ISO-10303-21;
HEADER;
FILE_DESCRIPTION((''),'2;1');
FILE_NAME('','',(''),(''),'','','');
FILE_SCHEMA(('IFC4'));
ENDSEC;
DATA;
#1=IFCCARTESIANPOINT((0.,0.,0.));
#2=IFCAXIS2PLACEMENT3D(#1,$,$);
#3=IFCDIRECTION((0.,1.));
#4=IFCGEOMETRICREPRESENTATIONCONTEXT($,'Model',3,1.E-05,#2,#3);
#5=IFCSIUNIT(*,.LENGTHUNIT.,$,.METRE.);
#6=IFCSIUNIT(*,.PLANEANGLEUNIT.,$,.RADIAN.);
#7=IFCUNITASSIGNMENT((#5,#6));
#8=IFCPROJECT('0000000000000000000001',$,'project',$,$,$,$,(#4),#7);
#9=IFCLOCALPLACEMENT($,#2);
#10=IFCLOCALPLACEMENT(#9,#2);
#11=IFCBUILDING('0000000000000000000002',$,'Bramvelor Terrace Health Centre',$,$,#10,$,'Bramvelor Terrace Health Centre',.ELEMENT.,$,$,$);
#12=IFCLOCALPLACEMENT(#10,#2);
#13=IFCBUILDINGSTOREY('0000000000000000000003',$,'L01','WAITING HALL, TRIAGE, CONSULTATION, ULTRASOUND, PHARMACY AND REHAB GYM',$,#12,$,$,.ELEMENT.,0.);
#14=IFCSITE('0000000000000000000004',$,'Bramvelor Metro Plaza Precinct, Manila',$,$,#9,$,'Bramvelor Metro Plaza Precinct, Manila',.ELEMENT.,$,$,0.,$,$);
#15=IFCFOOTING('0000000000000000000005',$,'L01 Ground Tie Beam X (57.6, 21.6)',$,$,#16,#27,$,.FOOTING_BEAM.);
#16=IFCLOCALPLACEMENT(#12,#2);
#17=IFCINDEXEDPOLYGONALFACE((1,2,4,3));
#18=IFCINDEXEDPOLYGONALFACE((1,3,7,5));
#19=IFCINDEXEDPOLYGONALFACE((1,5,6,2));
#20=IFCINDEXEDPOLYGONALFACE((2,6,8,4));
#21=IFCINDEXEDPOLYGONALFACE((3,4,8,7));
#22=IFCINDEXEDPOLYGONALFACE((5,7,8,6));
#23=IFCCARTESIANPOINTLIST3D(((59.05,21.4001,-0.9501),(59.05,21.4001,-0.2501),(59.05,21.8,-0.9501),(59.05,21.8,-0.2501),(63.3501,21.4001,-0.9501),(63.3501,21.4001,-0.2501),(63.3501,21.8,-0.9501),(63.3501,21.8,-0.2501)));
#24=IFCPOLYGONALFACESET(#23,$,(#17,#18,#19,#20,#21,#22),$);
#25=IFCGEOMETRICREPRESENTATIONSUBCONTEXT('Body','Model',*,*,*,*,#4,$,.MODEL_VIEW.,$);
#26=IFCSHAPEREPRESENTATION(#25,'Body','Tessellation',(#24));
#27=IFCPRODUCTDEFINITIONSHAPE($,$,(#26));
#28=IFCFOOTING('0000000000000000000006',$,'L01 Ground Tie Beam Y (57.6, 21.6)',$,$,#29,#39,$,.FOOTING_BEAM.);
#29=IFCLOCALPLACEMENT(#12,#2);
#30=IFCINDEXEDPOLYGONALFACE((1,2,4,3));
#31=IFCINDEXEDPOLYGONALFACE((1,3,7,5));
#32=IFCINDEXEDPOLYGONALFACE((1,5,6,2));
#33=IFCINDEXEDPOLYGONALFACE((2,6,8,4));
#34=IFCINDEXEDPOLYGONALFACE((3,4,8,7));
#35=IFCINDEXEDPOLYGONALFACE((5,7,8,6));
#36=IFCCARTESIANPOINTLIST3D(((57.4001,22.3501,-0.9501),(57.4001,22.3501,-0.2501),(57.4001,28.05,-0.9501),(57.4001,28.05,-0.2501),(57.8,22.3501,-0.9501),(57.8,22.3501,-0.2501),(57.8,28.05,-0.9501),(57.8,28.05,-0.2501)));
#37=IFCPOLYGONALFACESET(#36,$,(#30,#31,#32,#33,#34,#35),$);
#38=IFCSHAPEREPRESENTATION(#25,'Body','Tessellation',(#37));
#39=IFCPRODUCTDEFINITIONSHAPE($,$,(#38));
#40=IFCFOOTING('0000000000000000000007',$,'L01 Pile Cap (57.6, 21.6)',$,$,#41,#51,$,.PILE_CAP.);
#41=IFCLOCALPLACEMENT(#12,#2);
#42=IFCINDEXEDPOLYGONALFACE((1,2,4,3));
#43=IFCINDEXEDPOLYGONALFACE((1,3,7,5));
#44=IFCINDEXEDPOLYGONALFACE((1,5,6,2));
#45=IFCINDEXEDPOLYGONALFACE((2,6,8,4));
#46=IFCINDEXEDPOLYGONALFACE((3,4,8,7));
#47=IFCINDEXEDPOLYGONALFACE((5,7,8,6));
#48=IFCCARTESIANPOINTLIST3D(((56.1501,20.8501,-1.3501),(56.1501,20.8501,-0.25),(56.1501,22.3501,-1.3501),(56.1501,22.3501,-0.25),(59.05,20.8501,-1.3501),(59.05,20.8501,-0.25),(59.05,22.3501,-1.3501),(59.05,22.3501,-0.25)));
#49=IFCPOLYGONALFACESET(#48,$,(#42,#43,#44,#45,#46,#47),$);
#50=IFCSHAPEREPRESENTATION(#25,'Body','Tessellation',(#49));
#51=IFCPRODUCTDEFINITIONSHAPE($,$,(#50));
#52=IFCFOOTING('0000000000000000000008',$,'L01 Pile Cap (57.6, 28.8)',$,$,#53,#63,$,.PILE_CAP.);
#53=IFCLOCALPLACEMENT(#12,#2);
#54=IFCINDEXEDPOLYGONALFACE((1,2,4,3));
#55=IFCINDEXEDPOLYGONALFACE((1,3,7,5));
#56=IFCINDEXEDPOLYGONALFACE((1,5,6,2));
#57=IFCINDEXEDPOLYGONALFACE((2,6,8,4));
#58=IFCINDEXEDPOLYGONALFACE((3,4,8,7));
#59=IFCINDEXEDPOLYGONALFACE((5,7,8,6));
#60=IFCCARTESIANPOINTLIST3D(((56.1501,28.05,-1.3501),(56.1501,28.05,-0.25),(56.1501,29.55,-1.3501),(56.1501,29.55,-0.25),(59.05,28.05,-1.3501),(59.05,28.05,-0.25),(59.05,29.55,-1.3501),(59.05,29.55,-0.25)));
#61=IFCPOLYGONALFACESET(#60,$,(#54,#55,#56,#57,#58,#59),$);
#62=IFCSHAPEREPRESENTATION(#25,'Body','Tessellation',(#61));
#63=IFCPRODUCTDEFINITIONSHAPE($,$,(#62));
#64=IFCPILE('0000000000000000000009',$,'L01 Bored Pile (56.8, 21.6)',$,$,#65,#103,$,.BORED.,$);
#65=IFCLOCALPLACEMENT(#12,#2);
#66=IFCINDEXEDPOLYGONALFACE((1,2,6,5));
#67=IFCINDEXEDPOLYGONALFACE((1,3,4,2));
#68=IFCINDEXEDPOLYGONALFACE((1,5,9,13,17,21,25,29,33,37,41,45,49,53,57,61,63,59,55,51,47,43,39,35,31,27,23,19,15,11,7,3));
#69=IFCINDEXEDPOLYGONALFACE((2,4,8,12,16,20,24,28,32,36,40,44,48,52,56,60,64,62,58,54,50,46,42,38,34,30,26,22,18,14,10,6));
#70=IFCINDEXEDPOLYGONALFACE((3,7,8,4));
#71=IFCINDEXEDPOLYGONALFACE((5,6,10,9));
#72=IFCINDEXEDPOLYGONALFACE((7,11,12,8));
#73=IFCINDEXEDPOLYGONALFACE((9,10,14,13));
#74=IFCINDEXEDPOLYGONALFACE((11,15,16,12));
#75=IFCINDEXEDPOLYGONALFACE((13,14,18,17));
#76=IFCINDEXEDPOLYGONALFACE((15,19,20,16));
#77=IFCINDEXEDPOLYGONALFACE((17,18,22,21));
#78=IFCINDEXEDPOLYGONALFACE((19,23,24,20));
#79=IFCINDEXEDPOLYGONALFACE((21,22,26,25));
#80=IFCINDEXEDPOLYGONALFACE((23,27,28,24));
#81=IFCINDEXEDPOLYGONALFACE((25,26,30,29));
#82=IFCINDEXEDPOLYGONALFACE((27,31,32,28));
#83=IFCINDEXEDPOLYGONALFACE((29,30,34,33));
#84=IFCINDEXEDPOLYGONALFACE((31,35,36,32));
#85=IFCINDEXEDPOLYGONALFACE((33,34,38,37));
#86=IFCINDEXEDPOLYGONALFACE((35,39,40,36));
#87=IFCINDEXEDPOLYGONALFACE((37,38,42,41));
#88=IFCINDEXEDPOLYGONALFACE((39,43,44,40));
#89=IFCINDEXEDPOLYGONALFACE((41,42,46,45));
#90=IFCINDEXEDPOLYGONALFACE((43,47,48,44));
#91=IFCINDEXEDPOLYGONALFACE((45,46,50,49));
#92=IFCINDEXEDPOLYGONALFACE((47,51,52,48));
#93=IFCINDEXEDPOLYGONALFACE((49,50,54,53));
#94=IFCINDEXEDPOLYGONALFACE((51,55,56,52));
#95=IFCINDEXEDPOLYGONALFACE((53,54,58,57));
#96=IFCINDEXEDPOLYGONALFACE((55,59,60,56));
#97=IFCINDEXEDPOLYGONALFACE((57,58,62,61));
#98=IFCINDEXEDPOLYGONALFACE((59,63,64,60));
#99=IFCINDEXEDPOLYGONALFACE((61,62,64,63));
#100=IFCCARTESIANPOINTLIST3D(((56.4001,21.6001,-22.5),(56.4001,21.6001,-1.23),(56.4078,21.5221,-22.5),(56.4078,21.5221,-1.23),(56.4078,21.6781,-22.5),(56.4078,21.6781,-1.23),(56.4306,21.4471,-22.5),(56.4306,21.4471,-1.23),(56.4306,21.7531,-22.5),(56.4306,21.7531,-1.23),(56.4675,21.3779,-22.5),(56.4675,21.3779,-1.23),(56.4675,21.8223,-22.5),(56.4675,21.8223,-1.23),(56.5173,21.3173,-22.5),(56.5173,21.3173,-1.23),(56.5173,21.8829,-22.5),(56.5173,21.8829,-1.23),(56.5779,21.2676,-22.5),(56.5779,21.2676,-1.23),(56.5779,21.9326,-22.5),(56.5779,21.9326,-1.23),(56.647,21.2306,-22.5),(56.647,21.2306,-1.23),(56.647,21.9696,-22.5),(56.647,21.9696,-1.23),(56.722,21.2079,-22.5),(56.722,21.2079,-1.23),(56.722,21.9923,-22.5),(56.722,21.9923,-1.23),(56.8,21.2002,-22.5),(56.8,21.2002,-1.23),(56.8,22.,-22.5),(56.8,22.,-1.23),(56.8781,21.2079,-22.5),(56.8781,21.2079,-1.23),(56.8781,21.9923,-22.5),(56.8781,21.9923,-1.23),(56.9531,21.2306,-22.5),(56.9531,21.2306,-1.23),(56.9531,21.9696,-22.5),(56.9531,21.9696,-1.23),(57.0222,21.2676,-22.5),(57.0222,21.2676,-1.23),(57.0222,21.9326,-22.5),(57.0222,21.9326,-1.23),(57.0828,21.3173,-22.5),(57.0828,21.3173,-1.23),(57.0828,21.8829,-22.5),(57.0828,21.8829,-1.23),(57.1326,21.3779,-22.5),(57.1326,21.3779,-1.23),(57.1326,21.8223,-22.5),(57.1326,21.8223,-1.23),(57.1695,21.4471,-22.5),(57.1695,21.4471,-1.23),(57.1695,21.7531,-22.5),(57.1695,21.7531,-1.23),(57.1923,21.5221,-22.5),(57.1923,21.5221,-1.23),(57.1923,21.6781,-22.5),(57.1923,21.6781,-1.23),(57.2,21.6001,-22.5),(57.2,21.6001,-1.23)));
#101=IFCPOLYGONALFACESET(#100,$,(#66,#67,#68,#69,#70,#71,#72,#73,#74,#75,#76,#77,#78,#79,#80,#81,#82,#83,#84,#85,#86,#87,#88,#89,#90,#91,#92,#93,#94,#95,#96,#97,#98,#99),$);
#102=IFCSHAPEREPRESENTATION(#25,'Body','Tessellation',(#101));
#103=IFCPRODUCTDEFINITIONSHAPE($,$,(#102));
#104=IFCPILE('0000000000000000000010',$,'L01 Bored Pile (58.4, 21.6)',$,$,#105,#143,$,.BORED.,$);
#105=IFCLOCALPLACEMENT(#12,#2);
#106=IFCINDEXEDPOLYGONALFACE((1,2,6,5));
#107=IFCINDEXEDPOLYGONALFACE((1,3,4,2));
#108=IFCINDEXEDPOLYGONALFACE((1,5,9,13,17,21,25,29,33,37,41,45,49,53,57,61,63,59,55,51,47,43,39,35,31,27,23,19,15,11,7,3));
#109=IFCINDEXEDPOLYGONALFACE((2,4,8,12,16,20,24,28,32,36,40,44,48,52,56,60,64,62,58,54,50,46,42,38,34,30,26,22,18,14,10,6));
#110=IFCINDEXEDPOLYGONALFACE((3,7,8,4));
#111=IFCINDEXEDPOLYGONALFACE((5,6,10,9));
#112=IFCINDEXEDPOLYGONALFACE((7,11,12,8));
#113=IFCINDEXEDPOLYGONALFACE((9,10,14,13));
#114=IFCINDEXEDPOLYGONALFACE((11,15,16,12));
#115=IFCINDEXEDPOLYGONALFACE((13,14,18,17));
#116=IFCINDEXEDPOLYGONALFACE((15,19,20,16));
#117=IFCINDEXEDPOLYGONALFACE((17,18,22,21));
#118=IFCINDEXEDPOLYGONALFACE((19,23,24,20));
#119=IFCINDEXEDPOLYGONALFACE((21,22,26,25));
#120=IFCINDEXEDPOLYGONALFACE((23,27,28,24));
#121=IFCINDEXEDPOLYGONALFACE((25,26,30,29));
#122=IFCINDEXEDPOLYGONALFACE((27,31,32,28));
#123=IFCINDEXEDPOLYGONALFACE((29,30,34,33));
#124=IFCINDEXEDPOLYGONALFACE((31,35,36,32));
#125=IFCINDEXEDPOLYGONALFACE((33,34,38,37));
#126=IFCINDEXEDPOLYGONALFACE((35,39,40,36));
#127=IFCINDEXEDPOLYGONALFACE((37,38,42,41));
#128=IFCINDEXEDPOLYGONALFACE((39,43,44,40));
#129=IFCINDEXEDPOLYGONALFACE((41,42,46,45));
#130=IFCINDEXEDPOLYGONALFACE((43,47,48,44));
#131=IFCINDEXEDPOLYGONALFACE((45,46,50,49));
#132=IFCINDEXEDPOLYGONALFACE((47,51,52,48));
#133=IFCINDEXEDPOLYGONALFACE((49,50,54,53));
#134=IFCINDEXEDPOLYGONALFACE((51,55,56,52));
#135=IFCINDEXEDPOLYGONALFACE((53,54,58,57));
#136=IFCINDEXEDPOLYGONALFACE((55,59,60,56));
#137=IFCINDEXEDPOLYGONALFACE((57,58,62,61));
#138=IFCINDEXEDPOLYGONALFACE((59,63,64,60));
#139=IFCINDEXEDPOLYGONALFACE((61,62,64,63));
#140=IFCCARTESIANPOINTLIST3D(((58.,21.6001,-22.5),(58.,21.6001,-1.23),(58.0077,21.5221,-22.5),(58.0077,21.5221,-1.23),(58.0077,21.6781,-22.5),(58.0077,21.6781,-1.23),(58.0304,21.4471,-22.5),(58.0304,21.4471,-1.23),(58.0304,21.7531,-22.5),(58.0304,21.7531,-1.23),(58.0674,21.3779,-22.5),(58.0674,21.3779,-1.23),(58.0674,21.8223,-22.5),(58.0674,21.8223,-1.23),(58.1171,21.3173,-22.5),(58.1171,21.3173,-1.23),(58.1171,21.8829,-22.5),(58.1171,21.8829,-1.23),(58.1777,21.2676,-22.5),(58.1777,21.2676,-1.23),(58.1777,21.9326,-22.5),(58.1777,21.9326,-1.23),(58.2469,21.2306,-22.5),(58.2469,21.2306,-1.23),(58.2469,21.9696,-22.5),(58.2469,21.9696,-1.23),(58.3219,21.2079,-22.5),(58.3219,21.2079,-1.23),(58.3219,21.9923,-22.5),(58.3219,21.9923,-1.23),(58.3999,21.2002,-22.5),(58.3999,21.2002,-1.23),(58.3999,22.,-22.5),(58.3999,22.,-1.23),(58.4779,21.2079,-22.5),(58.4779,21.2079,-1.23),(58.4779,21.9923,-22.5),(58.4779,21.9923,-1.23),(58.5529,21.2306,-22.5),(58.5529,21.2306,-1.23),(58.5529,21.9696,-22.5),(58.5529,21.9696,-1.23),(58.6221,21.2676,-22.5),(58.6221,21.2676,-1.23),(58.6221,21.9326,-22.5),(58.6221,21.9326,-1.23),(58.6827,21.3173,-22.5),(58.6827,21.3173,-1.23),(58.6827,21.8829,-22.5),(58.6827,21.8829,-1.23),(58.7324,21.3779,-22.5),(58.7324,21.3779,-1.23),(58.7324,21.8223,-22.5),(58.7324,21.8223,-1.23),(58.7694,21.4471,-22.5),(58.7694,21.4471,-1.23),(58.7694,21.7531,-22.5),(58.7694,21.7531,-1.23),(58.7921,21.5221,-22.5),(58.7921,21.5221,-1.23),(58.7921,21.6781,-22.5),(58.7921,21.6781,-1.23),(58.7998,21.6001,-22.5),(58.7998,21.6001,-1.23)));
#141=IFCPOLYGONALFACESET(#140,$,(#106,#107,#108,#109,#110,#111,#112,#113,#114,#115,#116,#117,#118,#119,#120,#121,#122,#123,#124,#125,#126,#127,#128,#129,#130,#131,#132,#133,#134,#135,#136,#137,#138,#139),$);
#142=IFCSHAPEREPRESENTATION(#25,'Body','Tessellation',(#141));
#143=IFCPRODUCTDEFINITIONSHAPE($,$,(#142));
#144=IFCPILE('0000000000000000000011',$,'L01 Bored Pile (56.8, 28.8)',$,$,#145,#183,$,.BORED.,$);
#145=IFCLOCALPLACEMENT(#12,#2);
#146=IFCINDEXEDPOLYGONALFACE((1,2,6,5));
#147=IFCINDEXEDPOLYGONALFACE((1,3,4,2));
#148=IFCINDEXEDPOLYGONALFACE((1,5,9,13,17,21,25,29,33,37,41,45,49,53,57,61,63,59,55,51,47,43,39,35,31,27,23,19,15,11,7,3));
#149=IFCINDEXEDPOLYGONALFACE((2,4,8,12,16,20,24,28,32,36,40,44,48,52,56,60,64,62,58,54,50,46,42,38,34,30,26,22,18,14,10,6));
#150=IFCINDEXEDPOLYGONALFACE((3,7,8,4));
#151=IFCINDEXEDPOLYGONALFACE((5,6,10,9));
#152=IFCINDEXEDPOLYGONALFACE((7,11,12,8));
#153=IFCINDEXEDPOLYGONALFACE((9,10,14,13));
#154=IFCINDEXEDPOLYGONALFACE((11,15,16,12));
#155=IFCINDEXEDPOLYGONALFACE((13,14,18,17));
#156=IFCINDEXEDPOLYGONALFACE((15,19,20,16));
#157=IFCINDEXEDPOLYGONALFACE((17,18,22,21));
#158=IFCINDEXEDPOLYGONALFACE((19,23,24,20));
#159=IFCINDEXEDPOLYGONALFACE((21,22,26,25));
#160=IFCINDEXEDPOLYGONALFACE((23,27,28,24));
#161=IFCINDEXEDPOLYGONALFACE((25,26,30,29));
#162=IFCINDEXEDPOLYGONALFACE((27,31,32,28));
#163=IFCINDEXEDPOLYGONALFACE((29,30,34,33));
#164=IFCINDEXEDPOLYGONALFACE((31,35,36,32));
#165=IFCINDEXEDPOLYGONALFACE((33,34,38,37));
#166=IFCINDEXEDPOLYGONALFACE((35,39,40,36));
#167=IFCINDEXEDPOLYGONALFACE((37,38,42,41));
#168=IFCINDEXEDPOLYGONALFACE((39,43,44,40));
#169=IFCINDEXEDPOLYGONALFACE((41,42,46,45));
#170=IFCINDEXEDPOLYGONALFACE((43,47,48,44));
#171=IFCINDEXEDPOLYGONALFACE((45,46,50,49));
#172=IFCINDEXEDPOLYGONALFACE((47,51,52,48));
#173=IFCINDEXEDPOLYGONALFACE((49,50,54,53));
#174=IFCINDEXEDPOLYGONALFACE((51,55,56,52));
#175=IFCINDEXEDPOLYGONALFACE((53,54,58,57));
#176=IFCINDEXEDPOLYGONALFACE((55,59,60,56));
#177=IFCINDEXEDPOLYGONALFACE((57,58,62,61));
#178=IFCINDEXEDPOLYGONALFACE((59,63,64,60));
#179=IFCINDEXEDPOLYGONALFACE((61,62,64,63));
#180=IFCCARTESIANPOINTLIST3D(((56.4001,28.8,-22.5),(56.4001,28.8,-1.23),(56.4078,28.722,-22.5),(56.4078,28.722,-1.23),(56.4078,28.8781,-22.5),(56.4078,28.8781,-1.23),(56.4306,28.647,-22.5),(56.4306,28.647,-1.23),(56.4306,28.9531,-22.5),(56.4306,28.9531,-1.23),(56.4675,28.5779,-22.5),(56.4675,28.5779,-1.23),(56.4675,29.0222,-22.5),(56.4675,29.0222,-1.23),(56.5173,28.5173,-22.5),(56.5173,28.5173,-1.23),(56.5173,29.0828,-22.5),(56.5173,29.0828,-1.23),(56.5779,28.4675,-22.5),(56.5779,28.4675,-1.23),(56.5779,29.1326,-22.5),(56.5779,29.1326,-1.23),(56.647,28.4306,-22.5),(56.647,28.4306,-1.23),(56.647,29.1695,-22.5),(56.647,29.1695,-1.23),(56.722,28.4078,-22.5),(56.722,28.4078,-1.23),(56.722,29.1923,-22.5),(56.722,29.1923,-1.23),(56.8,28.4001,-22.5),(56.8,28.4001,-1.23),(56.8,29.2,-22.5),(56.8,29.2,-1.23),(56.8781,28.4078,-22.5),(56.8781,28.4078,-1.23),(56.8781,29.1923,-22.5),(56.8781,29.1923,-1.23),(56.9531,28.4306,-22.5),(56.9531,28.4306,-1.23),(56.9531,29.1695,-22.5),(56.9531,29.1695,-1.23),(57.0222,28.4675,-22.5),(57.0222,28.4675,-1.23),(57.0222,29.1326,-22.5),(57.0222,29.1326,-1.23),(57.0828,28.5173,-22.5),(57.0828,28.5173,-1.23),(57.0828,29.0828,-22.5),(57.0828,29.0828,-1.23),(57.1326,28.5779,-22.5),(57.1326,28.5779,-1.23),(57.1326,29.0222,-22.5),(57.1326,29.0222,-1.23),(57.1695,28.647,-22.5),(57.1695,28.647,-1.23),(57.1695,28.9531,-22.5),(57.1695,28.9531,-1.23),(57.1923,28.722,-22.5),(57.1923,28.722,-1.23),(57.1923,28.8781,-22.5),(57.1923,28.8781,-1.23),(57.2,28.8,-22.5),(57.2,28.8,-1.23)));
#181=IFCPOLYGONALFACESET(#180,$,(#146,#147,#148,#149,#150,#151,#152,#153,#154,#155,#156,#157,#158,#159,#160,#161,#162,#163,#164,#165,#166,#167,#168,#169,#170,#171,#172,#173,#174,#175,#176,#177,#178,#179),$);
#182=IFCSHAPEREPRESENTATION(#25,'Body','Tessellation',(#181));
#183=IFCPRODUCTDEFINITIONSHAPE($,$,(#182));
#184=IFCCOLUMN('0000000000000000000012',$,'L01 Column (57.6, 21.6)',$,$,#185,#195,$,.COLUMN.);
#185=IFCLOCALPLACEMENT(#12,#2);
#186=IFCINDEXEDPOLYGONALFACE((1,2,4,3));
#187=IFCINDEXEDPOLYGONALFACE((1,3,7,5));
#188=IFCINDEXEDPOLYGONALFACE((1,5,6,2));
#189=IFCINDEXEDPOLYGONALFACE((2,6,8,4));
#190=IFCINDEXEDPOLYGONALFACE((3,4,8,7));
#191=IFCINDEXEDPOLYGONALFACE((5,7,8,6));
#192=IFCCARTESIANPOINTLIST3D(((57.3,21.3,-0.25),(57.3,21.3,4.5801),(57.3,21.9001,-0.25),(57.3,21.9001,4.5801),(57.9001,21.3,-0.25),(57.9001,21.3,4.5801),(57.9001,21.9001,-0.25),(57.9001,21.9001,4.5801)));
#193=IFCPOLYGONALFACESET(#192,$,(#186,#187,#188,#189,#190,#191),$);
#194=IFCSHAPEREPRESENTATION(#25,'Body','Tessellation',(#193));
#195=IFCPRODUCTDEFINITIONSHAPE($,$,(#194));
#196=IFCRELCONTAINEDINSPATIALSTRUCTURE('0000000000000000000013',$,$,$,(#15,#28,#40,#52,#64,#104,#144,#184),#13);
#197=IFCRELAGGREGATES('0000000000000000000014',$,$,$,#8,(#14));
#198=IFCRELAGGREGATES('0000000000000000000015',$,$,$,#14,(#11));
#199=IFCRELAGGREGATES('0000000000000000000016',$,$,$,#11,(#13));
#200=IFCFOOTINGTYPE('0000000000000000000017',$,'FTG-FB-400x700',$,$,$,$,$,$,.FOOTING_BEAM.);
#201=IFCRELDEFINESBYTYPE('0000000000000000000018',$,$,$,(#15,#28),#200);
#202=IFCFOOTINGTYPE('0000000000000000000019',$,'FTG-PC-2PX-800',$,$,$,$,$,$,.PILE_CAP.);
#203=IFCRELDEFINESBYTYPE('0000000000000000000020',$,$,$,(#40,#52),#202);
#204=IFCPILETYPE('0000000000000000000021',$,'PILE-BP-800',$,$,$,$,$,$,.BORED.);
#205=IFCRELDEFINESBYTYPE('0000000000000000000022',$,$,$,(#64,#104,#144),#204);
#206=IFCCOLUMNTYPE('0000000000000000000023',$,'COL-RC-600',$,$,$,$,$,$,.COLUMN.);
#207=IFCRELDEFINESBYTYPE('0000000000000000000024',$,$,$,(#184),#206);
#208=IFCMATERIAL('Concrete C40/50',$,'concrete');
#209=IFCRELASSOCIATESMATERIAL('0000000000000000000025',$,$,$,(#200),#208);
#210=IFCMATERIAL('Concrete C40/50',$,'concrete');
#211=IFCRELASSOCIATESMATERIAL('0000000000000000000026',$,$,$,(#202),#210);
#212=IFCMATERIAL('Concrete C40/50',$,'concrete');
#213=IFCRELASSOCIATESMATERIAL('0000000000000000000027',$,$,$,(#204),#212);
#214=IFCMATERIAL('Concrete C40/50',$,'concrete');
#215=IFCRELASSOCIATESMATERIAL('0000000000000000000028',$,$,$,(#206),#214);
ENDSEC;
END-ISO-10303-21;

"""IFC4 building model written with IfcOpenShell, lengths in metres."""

from ifc_helpers import new_model, si_unit, direction, frame, origin, origin_2d, place, context, subcontext, project, spatial, rectangle, circle, extrude, material, material_profile, profile_set, type_object, element, save


model = new_model("IFC4")

# Units and contexts
model_context = context("Model", 3, precision=1e-05, world=origin(), true_north=direction((0.0, 1.0)))
body_context = subcontext(model_context, "Body", "Model", "MODEL_VIEW")
ifc_project = project(units=[si_unit("LENGTHUNIT", "METRE"), si_unit("PLANEANGLEUNIT", "RADIAN")], contexts=[model_context])

# Site, building, storey
site_placement = place(None, origin())
site = spatial("IfcSite", under=ifc_project, at=site_placement, Name="Bramvelor Metro Plaza Precinct, Manila", LongName="Bramvelor Metro Plaza Precinct, Manila", CompositionType="ELEMENT", RefElevation=0.0)
building_placement = place(site_placement, origin())
building = spatial("IfcBuilding", under=site, at=building_placement, Name="Bramvelor Terrace Health Centre", LongName="Bramvelor Terrace Health Centre", CompositionType="ELEMENT")
storey_placement = place(building_placement, origin())
storey = spatial("IfcBuildingStorey", under=building, at=storey_placement, Name="L01", Description="WAITING HALL, TRIAGE, CONSULTATION, ULTRASOUND, PHARMACY AND REHAB GYM", CompositionType="ELEMENT", Elevation=0.0)

# Footings
ifc_material_1 = material(Name="Concrete C40/50", Category="concrete")
ifc_material_profile_1 = material_profile(ifc_material_1, rectangle(XDim=0.3999, YDim=0.7, at=origin_2d()), Name="RC 400x700")
ifc_profile_set_1 = profile_set([ifc_material_profile_1], Name="Concrete C40/50")
footing_type_1 = type_object("IfcFootingType", Name="FTG-FB-400x700", PredefinedType="FOOTING_BEAM", material=ifc_profile_set_1)
footing_1_placement = place(storey_placement, frame((59.05, 21.6001, -0.6001), z_axis=(1.0, 0.0, 0.0), x_axis=(0.0, 1.0, 0.0)))
element("IfcFooting", 1, at=footing_1_placement, inside=storey, type_object=footing_type_1, Name="L01 Ground Tie Beam X (57.6, 21.6)", PredefinedType="FOOTING_BEAM", context=body_context, shape_type="SweptSolid", body=[
    extrude(rectangle(XDim=0.3999, YDim=0.7, at=origin_2d()), origin(), (0.0, 0.0, 1.0), 4.3),
])
footing_2_placement = place(storey_placement, frame((57.6001, 22.3501, -0.6001), z_axis=(0.0, 1.0, 0.0), x_axis=(-1.0, 0.0, 0.0)))
element("IfcFooting", 2, at=footing_2_placement, inside=storey, type_object=footing_type_1, Name="L01 Ground Tie Beam Y (57.6, 21.6)", PredefinedType="FOOTING_BEAM", context=body_context, shape_type="SweptSolid", body=[
    extrude(rectangle(XDim=0.3999, YDim=0.7, at=origin_2d()), origin(), (0.0, 0.0, 1.0), 5.7),
])
ifc_material_2 = material(Name="Concrete C40/50", Category="concrete")
footing_type_2 = type_object("IfcFootingType", Name="FTG-PC-2PX-800", PredefinedType="PILE_CAP", material=ifc_material_2)
for number, where, z_axis, x_axis, name in (
    (3, (57.6001, 21.6001, -1.3501), (0.0, 0.0, 1.0), (1.0, 0.0, 0.0), "L01 Pile Cap (57.6, 21.6)"),
    (4, (57.6001, 28.8, -1.3501), (0.0, 0.0, 1.0), (1.0, 0.0, 0.0), "L01 Pile Cap (57.6, 28.8)"),
):
    element("IfcFooting", number, at=place(storey_placement, frame(where, z_axis=z_axis, x_axis=x_axis)), inside=storey, type_object=footing_type_2, Name=name, PredefinedType="PILE_CAP", context=body_context, shape_type="SweptSolid", body=[
        extrude(rectangle(XDim=2.8999, YDim=1.5, at=origin_2d()), origin(), (0.0, 0.0, 1.0), 1.1001),
    ])

# Piles
ifc_material_3 = material(Name="Concrete C40/50", Category="concrete")
ifc_material_profile_2 = material_profile(ifc_material_3, circle(Radius=0.3999, at=origin_2d()), Name="BP D800")
ifc_profile_set_2 = profile_set([ifc_material_profile_2], Name="Concrete C40/50")
pile_type = type_object("IfcPileType", Name="PILE-BP-800", PredefinedType="BORED", material=ifc_profile_set_2)
for number, where, z_axis, x_axis, name in (
    (5, (56.8, 21.6001, -1.23), (0.0, 0.0, -1.0), (1.0, 0.0, 0.0), "L01 Bored Pile (56.8, 21.6)"),
    (6, (58.3999, 21.6001, -1.23), (0.0, 0.0, -1.0), (1.0, 0.0, 0.0), "L01 Bored Pile (58.4, 21.6)"),
    (7, (56.8, 28.8, -1.23), (0.0, 0.0, -1.0), (1.0, 0.0, 0.0), "L01 Bored Pile (56.8, 28.8)"),
):
    element("IfcPile", number, at=place(storey_placement, frame(where, z_axis=z_axis, x_axis=x_axis)), inside=storey, type_object=pile_type, Name=name, PredefinedType="BORED", context=body_context, shape_type="SweptSolid", body=[
        extrude(circle(Radius=0.3999, at=origin_2d()), origin(), (0.0, 0.0, 1.0), 21.27),
    ])

# Column
ifc_material_4 = material(Name="Concrete C40/50", Category="concrete")
ifc_material_profile_3 = material_profile(ifc_material_4, rectangle(XDim=0.6001, YDim=0.6001, at=origin_2d()), Name="RC 600x600")
ifc_profile_set_3 = profile_set([ifc_material_profile_3], Name="Concrete C40/50")
column_type = type_object("IfcColumnType", Name="COL-RC-600", PredefinedType="COLUMN", material=ifc_profile_set_3)
for number, where, z_axis, x_axis, name in (
    (8, (57.6001, 21.6001, -0.25), (0.0, 0.0, 1.0), (1.0, 0.0, 0.0), "L01 Column (57.6, 21.6)"),
):
    element("IfcColumn", number, at=place(storey_placement, frame(where, z_axis=z_axis, x_axis=x_axis)), inside=storey, type_object=column_type, Name=name, PredefinedType="COLUMN", context=body_context, shape_type="SweptSolid", body=[
        extrude(rectangle(XDim=0.6001, YDim=0.6001, at=origin_2d()), origin(), (0.0, 0.0, 1.0), 4.8301),
    ])

save(model, "model.ifc")
